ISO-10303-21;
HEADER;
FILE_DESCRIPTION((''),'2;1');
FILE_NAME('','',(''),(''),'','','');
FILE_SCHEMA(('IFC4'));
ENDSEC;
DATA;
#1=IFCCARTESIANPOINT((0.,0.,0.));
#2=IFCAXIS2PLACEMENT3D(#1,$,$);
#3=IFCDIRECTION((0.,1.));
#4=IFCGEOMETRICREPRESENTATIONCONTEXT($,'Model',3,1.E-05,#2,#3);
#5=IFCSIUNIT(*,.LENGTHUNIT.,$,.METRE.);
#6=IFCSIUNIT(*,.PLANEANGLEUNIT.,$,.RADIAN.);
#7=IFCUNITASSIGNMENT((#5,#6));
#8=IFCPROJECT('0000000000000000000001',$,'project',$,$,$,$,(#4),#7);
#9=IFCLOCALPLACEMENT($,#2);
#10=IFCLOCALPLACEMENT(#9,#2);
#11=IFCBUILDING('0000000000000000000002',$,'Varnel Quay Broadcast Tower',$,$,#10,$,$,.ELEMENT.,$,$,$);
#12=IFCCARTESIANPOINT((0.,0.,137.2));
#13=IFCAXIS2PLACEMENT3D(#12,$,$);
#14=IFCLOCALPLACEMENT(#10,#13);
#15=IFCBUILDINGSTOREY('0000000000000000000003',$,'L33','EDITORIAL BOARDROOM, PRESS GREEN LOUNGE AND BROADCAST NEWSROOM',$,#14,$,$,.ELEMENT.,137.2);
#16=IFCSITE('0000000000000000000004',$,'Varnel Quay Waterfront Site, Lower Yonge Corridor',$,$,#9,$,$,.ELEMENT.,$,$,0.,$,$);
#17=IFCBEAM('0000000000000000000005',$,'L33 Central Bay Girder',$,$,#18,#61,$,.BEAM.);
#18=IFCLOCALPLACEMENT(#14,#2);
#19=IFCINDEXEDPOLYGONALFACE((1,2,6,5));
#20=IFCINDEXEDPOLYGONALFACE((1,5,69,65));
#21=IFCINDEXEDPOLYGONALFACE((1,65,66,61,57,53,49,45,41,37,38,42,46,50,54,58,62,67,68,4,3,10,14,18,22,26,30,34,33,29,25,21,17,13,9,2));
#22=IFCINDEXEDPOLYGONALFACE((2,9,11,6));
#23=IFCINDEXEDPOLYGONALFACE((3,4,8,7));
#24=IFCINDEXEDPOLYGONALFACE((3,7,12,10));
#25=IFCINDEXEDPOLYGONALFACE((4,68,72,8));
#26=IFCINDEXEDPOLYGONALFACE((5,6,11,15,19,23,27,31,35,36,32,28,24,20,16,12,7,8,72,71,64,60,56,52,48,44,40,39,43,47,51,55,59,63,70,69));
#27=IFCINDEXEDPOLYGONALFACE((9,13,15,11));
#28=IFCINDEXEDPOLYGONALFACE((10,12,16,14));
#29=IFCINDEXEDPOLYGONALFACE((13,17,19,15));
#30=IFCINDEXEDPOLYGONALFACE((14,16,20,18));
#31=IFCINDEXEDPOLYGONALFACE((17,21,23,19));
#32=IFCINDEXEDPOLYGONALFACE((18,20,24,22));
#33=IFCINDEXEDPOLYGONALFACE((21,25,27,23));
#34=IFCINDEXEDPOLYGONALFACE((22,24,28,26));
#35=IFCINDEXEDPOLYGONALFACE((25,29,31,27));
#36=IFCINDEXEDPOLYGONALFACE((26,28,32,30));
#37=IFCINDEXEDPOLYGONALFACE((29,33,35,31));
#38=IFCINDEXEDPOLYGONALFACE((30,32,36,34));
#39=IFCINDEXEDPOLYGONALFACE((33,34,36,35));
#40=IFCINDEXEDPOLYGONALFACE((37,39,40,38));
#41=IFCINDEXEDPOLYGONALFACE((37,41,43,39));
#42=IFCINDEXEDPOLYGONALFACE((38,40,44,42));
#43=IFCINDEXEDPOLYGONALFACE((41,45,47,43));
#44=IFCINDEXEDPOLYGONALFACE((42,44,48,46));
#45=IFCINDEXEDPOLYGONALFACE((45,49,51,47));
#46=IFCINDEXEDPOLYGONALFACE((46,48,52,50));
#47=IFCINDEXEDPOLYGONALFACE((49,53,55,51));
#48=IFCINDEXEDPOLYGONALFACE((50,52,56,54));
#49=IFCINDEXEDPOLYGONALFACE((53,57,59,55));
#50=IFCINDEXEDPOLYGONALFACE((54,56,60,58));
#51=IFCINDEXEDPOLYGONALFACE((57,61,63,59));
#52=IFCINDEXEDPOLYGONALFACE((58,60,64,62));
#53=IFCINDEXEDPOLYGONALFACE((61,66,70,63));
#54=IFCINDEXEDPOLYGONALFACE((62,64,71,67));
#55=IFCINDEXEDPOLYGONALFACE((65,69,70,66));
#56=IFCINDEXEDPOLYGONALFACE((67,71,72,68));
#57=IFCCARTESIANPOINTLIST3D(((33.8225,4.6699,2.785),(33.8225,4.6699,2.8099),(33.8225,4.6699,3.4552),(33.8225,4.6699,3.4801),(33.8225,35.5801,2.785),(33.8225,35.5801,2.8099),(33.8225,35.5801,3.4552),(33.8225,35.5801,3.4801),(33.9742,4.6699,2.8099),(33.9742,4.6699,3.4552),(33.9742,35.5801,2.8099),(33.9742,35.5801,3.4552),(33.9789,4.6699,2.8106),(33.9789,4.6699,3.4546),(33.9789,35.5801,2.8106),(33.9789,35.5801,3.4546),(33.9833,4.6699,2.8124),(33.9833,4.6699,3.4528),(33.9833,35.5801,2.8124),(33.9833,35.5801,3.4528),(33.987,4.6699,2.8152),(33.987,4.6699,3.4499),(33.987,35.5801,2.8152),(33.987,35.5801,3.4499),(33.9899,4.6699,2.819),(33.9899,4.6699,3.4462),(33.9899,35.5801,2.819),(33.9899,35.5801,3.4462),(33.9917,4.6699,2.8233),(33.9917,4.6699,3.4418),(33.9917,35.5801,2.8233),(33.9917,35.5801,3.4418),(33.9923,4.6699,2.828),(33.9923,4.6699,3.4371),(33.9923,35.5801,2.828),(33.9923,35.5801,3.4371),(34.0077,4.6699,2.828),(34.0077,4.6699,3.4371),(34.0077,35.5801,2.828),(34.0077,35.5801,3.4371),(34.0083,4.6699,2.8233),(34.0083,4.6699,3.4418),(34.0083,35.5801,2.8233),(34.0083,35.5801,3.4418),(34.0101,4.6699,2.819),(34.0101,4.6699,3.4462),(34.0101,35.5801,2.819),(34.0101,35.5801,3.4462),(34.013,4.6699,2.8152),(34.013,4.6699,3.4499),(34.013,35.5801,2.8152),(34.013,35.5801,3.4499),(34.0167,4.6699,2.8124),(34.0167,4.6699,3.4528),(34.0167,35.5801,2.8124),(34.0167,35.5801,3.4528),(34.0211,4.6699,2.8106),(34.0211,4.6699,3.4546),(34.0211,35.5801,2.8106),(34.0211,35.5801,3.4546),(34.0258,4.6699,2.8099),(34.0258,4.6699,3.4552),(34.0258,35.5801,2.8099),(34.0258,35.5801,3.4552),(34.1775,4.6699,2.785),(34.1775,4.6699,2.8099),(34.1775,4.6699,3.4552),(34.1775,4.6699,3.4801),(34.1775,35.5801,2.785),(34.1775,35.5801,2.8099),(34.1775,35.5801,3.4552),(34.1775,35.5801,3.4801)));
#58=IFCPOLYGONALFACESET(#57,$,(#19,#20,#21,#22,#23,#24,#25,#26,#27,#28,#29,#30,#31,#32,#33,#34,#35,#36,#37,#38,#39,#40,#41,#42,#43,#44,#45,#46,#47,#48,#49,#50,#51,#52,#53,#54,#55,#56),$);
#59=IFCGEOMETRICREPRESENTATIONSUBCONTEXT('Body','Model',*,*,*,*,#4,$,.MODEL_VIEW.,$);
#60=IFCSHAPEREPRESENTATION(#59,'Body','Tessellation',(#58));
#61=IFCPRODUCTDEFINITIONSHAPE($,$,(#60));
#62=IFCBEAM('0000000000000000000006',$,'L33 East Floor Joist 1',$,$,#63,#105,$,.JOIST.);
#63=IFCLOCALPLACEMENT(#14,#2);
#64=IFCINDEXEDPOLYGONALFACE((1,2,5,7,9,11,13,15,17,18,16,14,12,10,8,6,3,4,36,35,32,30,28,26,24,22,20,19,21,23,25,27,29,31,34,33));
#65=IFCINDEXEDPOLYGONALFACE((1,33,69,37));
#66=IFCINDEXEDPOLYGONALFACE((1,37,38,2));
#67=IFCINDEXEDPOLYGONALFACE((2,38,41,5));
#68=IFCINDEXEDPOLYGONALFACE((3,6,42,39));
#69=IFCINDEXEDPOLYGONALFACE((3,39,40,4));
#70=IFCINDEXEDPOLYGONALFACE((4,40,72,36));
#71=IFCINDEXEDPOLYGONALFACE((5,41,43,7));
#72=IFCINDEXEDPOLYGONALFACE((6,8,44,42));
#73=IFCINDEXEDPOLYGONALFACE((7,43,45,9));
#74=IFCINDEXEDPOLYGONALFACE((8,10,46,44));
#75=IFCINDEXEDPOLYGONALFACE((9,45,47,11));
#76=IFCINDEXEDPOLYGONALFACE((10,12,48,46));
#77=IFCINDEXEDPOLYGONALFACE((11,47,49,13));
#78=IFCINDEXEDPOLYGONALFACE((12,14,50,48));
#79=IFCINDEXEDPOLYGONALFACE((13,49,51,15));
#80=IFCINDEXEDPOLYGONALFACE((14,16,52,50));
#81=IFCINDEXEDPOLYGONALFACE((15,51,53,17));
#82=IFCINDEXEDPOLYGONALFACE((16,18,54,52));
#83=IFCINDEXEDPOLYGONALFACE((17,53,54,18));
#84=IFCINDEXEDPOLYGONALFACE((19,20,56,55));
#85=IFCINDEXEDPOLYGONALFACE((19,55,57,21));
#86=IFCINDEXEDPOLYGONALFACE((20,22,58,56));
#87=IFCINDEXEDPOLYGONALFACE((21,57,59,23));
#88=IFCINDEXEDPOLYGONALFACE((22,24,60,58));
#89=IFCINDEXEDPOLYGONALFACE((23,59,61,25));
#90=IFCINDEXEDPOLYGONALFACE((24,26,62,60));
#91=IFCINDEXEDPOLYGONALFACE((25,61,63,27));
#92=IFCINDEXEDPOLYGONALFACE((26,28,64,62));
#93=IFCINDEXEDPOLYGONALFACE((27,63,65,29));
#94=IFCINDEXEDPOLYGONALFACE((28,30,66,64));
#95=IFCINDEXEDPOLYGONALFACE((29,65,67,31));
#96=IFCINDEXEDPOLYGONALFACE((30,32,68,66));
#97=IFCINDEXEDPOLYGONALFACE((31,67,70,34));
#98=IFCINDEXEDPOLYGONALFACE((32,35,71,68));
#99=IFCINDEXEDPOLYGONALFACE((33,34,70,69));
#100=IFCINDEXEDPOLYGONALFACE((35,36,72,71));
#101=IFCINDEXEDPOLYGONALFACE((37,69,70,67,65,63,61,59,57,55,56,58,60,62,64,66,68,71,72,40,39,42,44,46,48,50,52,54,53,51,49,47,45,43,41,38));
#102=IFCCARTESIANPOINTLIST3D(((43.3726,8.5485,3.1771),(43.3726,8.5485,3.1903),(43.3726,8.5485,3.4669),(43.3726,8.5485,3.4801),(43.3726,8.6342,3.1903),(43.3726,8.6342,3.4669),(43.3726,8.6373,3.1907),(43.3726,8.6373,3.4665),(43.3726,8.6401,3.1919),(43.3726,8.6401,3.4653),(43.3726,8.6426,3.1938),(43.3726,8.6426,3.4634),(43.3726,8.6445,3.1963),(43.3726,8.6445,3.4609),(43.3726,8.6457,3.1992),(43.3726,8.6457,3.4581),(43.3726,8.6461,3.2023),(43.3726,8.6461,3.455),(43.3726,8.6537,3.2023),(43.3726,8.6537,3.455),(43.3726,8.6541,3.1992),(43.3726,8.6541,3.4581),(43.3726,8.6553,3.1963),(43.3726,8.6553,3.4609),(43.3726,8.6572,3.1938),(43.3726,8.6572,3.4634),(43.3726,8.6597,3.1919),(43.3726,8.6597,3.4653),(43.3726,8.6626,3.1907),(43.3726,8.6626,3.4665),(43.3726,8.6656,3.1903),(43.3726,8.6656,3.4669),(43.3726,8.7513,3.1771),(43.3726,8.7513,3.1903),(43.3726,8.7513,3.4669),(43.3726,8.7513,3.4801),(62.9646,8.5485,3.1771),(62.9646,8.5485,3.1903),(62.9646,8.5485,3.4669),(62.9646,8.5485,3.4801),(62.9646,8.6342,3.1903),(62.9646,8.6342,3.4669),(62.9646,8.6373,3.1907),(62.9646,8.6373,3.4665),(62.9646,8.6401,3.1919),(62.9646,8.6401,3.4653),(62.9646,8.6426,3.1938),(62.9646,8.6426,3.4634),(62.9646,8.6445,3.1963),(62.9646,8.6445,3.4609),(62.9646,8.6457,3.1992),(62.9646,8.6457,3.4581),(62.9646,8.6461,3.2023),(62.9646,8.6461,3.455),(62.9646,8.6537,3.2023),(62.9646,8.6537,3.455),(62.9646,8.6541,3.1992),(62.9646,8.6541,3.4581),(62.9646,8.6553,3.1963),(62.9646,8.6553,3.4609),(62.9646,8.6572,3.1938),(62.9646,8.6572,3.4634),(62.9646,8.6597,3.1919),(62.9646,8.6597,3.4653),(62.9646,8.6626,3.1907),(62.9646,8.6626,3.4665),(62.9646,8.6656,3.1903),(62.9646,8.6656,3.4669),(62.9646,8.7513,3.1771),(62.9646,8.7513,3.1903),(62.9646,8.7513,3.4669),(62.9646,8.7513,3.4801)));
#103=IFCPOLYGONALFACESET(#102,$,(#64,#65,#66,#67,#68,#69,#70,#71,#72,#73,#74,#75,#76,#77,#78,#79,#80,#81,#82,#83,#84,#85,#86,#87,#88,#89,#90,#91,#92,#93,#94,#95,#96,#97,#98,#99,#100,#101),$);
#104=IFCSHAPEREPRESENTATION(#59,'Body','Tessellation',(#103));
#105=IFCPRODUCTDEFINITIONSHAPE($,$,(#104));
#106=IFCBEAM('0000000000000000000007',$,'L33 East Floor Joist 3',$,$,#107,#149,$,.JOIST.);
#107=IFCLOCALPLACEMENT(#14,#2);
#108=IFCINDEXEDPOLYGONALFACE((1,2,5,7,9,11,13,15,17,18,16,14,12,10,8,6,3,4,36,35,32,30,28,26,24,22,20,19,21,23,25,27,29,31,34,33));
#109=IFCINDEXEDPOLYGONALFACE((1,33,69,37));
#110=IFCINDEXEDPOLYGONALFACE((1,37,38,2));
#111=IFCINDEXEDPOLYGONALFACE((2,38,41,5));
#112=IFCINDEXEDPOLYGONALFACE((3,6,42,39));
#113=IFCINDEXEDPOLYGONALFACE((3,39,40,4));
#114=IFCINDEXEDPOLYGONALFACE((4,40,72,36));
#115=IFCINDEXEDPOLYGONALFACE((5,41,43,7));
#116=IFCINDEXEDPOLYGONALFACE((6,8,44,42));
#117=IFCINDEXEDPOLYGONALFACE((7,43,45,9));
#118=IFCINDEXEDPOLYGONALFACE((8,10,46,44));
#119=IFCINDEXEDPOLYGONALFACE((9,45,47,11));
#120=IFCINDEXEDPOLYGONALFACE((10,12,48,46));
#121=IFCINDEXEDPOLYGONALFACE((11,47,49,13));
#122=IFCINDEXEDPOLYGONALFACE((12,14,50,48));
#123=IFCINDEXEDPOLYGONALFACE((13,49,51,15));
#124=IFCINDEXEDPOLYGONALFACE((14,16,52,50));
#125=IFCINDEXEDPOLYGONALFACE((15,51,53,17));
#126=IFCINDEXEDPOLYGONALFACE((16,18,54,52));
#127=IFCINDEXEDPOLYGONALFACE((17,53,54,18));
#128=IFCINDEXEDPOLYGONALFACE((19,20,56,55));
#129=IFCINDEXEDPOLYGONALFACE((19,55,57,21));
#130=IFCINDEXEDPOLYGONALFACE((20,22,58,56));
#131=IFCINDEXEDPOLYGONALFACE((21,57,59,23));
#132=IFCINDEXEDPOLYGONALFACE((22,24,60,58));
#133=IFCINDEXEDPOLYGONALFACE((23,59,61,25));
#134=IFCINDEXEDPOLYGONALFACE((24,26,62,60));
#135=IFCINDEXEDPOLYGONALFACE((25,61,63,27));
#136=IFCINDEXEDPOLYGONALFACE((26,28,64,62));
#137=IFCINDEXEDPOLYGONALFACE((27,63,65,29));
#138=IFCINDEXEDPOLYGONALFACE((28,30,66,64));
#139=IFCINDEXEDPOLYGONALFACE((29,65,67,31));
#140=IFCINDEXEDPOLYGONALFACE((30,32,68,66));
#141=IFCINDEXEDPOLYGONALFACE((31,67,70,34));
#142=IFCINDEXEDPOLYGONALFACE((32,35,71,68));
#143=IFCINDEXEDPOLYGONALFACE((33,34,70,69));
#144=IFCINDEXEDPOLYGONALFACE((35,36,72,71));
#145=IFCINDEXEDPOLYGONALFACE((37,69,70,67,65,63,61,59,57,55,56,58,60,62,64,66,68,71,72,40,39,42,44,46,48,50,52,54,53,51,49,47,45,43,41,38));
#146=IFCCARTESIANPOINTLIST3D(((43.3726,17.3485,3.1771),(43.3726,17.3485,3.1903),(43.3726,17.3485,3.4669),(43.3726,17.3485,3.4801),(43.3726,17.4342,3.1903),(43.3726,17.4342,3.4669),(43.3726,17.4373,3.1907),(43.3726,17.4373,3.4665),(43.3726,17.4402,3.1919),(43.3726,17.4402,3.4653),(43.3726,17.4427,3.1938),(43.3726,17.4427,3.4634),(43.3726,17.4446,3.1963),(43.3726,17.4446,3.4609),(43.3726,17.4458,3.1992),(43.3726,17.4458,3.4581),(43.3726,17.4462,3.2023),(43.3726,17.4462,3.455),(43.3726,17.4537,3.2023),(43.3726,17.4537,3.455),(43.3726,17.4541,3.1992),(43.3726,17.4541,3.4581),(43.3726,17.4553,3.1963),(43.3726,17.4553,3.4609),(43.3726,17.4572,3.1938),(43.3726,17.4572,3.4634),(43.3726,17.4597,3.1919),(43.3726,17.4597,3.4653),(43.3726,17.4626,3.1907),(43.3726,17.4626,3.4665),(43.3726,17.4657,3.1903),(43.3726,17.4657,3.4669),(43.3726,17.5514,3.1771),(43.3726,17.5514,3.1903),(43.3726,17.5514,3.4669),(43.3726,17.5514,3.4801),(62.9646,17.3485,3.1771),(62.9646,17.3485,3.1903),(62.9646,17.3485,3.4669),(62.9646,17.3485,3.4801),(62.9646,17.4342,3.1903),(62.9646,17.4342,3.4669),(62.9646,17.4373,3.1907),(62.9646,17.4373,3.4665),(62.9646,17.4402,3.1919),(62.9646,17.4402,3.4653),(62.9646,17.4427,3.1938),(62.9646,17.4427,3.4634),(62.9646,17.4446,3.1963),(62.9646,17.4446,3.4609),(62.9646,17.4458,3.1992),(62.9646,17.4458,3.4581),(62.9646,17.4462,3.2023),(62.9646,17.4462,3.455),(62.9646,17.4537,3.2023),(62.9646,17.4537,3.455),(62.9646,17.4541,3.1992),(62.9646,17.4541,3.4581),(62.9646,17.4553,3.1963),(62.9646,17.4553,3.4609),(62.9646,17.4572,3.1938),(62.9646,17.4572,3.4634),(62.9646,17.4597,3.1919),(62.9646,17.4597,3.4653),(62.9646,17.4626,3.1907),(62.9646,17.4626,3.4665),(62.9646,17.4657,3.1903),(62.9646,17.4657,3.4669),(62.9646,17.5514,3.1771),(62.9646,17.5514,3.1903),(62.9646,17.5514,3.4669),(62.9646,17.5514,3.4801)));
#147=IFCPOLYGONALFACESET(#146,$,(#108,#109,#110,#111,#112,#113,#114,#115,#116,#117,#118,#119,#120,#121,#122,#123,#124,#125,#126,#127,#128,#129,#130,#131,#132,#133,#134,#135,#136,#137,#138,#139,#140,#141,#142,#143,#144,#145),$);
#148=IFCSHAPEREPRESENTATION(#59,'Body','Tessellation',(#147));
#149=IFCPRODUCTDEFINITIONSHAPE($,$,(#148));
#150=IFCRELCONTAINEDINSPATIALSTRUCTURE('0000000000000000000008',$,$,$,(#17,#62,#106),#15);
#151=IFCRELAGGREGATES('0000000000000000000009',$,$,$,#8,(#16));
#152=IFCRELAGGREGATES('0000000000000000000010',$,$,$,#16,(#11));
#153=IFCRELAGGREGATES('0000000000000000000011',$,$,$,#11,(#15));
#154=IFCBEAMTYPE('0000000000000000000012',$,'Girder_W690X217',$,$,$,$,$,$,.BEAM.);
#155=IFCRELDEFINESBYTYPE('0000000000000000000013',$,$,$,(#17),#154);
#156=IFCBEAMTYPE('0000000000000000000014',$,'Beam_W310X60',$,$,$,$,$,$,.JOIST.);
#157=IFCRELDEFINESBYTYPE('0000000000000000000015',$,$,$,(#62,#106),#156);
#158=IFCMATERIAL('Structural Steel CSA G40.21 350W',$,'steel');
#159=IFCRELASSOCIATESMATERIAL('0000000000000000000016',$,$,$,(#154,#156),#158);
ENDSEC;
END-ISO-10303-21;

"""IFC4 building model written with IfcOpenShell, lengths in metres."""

from ifc_helpers import new_model, si_unit, direction, frame, origin, origin_2d, place, context, subcontext, project, spatial, i_section, extrude, source, transform, mapped, material, material_profile, profile_set, type_object, type_shapes, element, save


model = new_model("IFC4")

# Units and contexts
model_context = context("Model", 3, precision=1e-05, world=origin(), true_north=direction((0.0, 1.0)))
body_context = subcontext(model_context, "Body", "Model", "MODEL_VIEW")
ifc_project = project(units=[si_unit("LENGTHUNIT", "METRE"), si_unit("PLANEANGLEUNIT", "RADIAN")], contexts=[model_context])

# Site, building, storey
site_placement = place(None, origin())
site = spatial("IfcSite", under=ifc_project, at=site_placement, Name="Varnel Quay Waterfront Site, Lower Yonge Corridor", CompositionType="ELEMENT", RefElevation=0.0)
building_placement = place(site_placement, origin())
building = spatial("IfcBuilding", under=site, at=building_placement, Name="Varnel Quay Broadcast Tower", CompositionType="ELEMENT")
storey_placement = place(building_placement, frame((0.0, 0.0, 137.2)))
storey = spatial("IfcBuildingStorey", under=building, at=storey_placement, Name="L33", Description="EDITORIAL BOARDROOM, PRESS GREEN LOUNGE AND BROADCAST NEWSROOM", CompositionType="ELEMENT", Elevation=137.2)

# Shared definitions
ifc_material_1 = material(Name="Structural Steel CSA G40.21 350W", Category="steel")

# Beams
ifc_material_profile_1 = material_profile(ifc_material_1, i_section(OverallWidth=0.355, OverallDepth=0.6951, WebThickness=0.0154, FlangeThickness=0.0249, FilletRadius=0.0181, at=origin_2d()), Name="W690X217")
ifc_profile_set_1 = profile_set([ifc_material_profile_1], Name="Structural Steel CSA G40.21 350W")
beam_type_1 = type_object("IfcBeamType", Name="Girder_W690X217", PredefinedType="BEAM", material=ifc_profile_set_1)
shared_shape_1 = source(origin(), body_context, "Body", "SweptSolid", [
    extrude(i_section(OverallWidth=0.355, OverallDepth=0.6951, WebThickness=0.0154, FlangeThickness=0.0249, FilletRadius=0.0181, at=origin_2d()), origin(), (0.0, 0.0, 1.0), 30.9102),
])
beam_1_placement = place(storey_placement, frame((34.0, 4.6699, 3.1326), z_axis=(0.0, 1.0, 0.0), x_axis=(-1.0, 0.0, 0.0)))
element("IfcBeam", 1, at=beam_1_placement, inside=storey, type_object=beam_type_1, Name="L33 Central Bay Girder", PredefinedType="BEAM", context=body_context, shape_type="MappedRepresentation", body=[
    mapped(shared_shape_1, transform((0.0, 0.0, 0.0), x_axis=(1.0, 0.0, 0.0), y_axis=(0.0, 1.0, 0.0), z_axis=(0.0, 0.0, 1.0), scale=1.0)),
])
ifc_material_profile_2 = material_profile(ifc_material_1, i_section(OverallWidth=0.2029, OverallDepth=0.303, WebThickness=0.0076, FlangeThickness=0.0132, FilletRadius=0.012, at=origin_2d()), Name="W310X60")
ifc_profile_set_2 = profile_set([ifc_material_profile_2], Name="Structural Steel CSA G40.21 350W")
beam_type_2 = type_object("IfcBeamType", Name="Beam_W310X60", PredefinedType="JOIST", material=ifc_profile_set_2)
shared_shape_2 = source(origin(), body_context, "Body", "SweptSolid", [
    extrude(i_section(OverallWidth=0.2029, OverallDepth=0.303, WebThickness=0.0076, FlangeThickness=0.0132, FilletRadius=0.012, at=origin_2d()), origin(), (0.0, 0.0, 1.0), 19.592),
])
type_shapes(beam_type_2, [shared_shape_2])
for number, where, z_axis, x_axis, name in (
    (2, (43.3726, 8.6499, 3.3286), (1.0, 0.0, 0.0), (0.0, 1.0, 0.0), "L33 East Floor Joist 1"),
    (3, (43.3726, 17.45, 3.3286), (1.0, 0.0, 0.0), (0.0, 1.0, 0.0), "L33 East Floor Joist 3"),
):
    element("IfcBeam", number, at=place(storey_placement, frame(where, z_axis=z_axis, x_axis=x_axis)), inside=storey, type_object=beam_type_2, Name=name, PredefinedType="JOIST", context=body_context, shape_type="MappedRepresentation", body=[
        mapped(shared_shape_2, transform((0.0, 0.0, 0.0), x_axis=(1.0, 0.0, 0.0), y_axis=(0.0, 1.0, 0.0), z_axis=(0.0, 0.0, 1.0), scale=1.0)),
    ])

save(model, "model.ifc")
